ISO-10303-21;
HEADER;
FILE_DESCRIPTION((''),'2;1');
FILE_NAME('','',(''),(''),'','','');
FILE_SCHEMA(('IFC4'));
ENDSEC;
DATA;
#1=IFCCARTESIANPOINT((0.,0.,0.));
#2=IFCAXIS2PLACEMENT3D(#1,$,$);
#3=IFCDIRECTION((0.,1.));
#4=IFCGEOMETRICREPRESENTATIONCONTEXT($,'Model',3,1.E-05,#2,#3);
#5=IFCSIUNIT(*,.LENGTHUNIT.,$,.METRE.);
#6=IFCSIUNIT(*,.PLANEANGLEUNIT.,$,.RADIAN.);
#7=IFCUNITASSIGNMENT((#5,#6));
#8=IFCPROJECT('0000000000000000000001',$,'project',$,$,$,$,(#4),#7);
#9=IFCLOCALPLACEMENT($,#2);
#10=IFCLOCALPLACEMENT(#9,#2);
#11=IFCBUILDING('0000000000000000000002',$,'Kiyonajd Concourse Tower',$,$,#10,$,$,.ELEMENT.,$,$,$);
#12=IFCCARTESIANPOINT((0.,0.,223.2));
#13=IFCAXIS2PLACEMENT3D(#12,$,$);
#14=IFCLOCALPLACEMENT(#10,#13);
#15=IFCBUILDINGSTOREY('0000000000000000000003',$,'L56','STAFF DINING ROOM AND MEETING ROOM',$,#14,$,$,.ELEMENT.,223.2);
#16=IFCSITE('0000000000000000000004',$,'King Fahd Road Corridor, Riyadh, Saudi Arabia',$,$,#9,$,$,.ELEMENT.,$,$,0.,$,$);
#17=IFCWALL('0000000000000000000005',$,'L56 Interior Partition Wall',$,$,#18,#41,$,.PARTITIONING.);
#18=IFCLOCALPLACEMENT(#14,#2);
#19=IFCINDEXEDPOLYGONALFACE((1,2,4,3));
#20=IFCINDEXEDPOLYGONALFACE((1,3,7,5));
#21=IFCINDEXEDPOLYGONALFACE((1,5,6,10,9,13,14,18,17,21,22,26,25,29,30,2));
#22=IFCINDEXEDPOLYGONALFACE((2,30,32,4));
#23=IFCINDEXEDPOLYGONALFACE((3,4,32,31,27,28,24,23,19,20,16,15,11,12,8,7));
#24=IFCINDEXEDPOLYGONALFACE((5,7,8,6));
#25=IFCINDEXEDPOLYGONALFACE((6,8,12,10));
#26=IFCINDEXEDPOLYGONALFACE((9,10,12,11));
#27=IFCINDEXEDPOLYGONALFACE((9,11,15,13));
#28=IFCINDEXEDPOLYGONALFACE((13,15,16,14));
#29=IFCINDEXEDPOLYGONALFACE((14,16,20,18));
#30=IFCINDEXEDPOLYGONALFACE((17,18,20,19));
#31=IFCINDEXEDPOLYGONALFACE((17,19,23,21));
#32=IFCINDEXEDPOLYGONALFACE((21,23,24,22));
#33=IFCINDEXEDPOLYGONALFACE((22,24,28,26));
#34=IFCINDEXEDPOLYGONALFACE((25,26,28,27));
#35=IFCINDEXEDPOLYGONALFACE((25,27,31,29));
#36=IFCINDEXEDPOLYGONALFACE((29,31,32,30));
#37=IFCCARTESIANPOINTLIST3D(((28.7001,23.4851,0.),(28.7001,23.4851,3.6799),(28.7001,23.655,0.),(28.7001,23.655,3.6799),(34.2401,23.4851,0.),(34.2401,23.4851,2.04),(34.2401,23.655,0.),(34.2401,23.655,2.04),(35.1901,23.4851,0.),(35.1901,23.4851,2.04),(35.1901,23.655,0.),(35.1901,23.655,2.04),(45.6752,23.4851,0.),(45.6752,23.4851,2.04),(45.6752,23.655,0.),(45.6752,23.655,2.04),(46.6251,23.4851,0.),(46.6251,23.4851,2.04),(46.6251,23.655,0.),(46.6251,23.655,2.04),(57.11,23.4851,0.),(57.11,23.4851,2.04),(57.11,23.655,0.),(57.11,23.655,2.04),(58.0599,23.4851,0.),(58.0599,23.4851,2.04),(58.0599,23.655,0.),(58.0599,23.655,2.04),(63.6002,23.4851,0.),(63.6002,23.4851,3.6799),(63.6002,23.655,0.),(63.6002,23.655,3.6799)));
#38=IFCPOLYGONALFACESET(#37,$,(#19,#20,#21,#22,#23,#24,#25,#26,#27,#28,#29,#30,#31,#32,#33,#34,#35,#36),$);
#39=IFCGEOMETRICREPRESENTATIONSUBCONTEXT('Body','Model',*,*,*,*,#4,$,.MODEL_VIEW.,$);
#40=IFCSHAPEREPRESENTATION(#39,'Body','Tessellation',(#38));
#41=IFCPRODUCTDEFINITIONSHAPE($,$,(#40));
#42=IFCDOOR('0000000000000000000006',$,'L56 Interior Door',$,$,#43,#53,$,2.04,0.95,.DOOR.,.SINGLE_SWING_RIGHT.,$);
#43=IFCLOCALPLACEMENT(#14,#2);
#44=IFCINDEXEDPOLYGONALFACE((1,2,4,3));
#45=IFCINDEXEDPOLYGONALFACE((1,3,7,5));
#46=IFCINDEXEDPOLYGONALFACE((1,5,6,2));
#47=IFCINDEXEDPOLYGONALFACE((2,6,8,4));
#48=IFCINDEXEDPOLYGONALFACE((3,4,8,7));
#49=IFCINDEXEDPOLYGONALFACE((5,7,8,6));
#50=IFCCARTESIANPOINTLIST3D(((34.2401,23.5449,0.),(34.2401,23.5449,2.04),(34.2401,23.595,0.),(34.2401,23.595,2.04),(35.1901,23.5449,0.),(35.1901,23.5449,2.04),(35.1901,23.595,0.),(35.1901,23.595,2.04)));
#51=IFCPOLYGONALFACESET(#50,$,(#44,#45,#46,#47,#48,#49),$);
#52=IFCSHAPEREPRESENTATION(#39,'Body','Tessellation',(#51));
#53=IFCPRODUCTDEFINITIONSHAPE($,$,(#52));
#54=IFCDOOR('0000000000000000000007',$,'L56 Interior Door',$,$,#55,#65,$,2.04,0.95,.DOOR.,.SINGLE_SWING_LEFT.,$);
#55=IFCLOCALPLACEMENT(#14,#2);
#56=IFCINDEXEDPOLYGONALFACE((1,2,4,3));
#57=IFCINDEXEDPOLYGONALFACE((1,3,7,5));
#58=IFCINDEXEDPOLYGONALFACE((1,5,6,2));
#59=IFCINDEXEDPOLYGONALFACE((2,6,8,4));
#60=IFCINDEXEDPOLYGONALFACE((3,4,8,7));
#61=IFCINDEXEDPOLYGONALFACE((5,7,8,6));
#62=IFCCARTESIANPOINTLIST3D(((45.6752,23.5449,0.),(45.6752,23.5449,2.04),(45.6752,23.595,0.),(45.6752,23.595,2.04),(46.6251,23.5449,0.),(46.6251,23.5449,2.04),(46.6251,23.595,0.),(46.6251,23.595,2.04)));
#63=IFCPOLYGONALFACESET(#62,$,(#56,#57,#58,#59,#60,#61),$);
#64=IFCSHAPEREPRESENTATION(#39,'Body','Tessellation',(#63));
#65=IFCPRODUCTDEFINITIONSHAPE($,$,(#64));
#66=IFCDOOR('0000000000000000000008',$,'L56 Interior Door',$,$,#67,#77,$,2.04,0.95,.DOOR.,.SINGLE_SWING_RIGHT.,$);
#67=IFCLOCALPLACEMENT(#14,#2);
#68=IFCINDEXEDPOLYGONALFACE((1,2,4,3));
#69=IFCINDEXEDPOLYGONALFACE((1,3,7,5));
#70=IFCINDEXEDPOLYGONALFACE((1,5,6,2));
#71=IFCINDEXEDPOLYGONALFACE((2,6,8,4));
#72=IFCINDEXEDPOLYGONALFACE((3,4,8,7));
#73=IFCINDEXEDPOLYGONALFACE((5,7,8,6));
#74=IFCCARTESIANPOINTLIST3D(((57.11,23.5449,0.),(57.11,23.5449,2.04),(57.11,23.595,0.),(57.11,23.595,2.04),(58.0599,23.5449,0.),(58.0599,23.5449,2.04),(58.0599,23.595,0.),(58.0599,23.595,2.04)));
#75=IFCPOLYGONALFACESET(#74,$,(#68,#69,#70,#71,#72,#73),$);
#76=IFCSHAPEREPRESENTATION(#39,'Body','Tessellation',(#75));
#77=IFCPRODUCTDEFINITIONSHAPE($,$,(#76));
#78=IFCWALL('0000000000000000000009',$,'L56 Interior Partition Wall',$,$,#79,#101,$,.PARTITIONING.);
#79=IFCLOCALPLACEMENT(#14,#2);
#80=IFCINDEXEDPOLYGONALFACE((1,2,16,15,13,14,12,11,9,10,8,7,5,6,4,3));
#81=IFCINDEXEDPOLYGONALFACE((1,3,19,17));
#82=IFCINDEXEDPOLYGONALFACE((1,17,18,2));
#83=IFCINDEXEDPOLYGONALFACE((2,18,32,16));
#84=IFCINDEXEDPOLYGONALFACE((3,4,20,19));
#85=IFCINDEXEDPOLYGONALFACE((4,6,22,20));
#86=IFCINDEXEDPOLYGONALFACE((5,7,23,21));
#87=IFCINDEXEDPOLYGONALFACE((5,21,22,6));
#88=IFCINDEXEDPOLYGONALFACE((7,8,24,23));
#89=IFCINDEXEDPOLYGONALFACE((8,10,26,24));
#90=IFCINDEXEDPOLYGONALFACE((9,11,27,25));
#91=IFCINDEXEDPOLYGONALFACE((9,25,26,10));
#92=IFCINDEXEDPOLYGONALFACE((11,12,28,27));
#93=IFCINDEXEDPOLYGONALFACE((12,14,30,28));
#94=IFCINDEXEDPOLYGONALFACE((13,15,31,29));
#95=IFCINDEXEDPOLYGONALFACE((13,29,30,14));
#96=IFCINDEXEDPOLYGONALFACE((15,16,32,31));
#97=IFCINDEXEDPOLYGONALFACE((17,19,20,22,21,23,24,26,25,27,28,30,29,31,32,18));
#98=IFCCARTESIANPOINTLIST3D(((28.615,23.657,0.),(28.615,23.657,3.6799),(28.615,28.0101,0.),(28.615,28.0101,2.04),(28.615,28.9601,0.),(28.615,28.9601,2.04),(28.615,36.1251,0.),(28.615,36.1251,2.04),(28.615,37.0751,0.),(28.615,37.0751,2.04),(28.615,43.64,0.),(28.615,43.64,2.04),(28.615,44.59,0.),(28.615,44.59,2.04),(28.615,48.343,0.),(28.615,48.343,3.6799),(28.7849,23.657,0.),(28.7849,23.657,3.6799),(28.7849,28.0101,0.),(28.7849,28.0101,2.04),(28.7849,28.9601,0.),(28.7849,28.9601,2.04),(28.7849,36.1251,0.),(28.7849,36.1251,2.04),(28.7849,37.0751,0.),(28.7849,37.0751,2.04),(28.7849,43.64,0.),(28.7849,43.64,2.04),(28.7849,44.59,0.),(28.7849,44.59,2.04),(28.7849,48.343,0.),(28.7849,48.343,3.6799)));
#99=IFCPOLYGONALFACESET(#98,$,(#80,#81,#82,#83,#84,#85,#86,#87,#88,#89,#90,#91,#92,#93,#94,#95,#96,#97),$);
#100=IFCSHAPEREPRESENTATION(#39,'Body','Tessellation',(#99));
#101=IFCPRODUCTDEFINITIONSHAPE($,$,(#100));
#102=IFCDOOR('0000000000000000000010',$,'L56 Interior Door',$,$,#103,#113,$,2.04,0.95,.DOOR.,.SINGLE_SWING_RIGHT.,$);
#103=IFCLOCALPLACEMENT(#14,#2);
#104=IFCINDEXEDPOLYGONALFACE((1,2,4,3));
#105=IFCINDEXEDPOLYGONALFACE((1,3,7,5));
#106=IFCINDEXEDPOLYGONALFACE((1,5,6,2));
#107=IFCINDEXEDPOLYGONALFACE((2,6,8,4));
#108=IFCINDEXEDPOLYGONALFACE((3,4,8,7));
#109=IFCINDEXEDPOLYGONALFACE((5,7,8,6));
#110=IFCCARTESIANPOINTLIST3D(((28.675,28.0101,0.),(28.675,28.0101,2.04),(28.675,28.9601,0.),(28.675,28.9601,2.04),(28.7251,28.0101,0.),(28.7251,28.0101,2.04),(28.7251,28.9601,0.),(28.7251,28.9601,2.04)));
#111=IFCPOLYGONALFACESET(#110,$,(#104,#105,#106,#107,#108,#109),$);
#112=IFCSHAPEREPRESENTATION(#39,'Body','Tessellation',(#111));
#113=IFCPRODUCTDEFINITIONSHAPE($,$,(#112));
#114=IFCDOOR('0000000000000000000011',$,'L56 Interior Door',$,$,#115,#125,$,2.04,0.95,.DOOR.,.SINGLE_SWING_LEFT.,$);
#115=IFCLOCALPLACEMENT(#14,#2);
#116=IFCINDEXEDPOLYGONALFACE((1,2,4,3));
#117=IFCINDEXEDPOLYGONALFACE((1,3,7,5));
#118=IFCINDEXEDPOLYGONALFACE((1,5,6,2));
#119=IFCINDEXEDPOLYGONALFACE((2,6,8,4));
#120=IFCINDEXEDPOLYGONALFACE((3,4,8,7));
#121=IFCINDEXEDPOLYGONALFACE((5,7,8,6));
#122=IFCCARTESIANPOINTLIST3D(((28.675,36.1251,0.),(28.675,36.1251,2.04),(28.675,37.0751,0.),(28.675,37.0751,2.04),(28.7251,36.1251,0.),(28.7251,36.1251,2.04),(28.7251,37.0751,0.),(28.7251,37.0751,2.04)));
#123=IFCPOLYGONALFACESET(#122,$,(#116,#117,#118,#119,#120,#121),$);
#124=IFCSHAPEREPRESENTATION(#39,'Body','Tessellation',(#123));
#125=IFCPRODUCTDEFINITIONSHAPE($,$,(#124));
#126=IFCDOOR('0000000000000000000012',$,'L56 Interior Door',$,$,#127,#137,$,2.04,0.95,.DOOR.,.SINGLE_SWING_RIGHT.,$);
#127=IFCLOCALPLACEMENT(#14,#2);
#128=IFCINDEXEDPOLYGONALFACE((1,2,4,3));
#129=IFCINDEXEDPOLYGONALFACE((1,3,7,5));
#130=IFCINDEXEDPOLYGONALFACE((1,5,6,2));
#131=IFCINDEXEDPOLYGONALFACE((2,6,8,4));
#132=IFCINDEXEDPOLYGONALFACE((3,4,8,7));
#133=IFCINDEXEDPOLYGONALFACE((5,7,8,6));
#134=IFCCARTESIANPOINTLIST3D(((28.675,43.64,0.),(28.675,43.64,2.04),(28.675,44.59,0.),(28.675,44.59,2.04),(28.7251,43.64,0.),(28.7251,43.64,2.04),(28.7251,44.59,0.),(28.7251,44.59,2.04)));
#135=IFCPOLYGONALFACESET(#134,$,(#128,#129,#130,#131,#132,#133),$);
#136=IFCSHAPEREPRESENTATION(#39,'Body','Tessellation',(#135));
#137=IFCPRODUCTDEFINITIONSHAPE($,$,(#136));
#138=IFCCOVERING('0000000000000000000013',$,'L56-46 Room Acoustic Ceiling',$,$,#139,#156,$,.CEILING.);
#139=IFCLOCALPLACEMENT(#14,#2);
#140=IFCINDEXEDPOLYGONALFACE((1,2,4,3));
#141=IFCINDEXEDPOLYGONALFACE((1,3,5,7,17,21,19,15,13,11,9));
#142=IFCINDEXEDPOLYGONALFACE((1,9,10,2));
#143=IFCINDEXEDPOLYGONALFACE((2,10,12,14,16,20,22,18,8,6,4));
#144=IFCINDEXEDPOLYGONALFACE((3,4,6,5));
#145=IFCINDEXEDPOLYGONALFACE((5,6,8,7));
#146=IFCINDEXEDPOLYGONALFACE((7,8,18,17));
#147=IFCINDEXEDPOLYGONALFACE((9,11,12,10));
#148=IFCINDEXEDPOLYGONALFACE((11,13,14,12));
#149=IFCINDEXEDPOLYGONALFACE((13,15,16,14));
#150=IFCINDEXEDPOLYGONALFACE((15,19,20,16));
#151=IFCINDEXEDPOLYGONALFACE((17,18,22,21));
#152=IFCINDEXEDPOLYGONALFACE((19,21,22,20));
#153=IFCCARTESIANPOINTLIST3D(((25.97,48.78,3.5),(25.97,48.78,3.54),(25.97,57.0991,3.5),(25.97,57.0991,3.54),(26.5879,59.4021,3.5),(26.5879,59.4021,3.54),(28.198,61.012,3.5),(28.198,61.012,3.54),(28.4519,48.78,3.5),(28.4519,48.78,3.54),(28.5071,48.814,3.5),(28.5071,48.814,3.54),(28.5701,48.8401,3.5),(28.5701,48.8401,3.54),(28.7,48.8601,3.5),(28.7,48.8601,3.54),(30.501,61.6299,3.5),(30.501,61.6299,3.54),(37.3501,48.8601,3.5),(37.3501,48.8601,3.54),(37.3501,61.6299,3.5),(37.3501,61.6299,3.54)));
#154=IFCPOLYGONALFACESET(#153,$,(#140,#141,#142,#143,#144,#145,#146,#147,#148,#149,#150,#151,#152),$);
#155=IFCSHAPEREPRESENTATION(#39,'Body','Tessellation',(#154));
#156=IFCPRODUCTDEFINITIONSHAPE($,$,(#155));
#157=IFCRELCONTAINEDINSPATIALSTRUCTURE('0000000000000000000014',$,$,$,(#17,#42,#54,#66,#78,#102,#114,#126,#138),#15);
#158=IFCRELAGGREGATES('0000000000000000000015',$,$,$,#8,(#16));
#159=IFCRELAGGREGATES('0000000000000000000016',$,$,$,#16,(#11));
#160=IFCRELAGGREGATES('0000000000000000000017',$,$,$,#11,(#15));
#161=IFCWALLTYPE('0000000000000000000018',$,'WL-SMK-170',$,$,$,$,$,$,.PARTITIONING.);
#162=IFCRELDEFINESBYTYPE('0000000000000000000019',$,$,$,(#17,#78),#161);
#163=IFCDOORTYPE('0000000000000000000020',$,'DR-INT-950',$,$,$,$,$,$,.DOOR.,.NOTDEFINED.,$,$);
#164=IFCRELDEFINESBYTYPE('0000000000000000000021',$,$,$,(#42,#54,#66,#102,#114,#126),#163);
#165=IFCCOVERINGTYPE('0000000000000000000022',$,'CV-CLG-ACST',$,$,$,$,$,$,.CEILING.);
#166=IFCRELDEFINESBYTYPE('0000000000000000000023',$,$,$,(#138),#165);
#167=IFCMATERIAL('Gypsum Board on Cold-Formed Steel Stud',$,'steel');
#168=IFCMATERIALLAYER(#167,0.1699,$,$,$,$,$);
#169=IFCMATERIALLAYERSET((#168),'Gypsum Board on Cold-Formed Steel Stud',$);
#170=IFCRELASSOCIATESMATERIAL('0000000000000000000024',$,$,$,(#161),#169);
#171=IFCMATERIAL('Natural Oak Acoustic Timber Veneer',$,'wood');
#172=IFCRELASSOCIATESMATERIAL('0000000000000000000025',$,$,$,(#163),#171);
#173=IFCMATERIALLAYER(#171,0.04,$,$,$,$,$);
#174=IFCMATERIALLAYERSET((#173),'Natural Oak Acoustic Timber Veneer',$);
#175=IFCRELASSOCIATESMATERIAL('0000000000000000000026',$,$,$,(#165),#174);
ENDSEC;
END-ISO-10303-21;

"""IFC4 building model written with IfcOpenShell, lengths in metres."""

from ifc_helpers import new_model, si_unit, direction, frame, frame_2d, origin, place, context, subcontext, project, spatial, polyline, rectangle, outline, extrude, material, layer, layer_set, type_object, element, fill, save


model = new_model("IFC4")

# Units and contexts
model_context = context("Model", 3, precision=1e-05, world=origin(), true_north=direction((0.0, 1.0)))
body_context = subcontext(model_context, "Body", "Model", "MODEL_VIEW")
ifc_project = project(units=[si_unit("LENGTHUNIT", "METRE"), si_unit("PLANEANGLEUNIT", "RADIAN")], contexts=[model_context])

# Site, building, storey
site_placement = place(None, origin())
site = spatial("IfcSite", under=ifc_project, at=site_placement, Name="King Fahd Road Corridor, Riyadh, Saudi Arabia", CompositionType="ELEMENT", RefElevation=0.0)
building_placement = place(site_placement, origin())
building = spatial("IfcBuilding", under=site, at=building_placement, Name="Kiyonajd Concourse Tower", CompositionType="ELEMENT")
storey_placement = place(building_placement, frame((0.0, 0.0, 223.2)))
storey = spatial("IfcBuildingStorey", under=building, at=storey_placement, Name="L56", Description="STAFF DINING ROOM AND MEETING ROOM", CompositionType="ELEMENT", Elevation=223.2)

# Walls, openings, doors
ifc_material_1 = material(Name="Gypsum Board on Cold-Formed Steel Stud", Category="steel")
ifc_layer_1 = layer(ifc_material_1, 0.1699)
ifc_layer_set_1 = layer_set([ifc_layer_1], Name="Gypsum Board on Cold-Formed Steel Stud")
wall_type_1 = type_object("IfcWallType", Name="WL-SMK-170", PredefinedType="PARTITIONING", material=ifc_layer_set_1)
wall_1_placement = place(storey_placement, frame((28.7, 23.5701, 0.0), z_axis=(0.0, 0.0, 1.0), x_axis=(1.0, 0.0, 0.0)))
wall_1 = element("IfcWall", 1, at=wall_1_placement, inside=storey, type_object=wall_type_1, Name="L56 Interior Partition Wall", PredefinedType="PARTITIONING", context=body_context, shape_type="SweptSolid", body=[
    extrude(rectangle(XDim=34.9001, YDim=0.1699, at=frame_2d((17.4502, 0.0))), origin(), (0.0, 0.0, 1.0), 3.6799),
])
opening_1_placement = place(wall_1_placement, frame((5.54, 0.0, 0.0)))
opening_1 = element("IfcOpeningElement", 2, at=opening_1_placement, cuts=wall_1, PredefinedType="OPENING", context=body_context, shape_type="SweptSolid", body=[
    extrude(rectangle(XDim=0.95, YDim=2.04, at=frame_2d((0.4751, 1.02))), frame((0.0, 0.095, 0.0), z_axis=(0.0, -1.0, 0.0), x_axis=(1.0, 0.0, 0.0)), (0.0, 0.0, 1.0), 0.1899),
])
opening_2_placement = place(wall_1_placement, frame((16.9751, 0.0, 0.0)))
opening_2 = element("IfcOpeningElement", 3, at=opening_2_placement, cuts=wall_1, PredefinedType="OPENING", context=body_context, shape_type="SweptSolid", body=[
    extrude(rectangle(XDim=0.95, YDim=2.04, at=frame_2d((0.4751, 1.02))), frame((0.0, 0.095, 0.0), z_axis=(0.0, -1.0, 0.0), x_axis=(1.0, 0.0, 0.0)), (0.0, 0.0, 1.0), 0.1899),
])
opening_3_placement = place(wall_1_placement, frame((28.4099, 0.0, 0.0)))
opening_3 = element("IfcOpeningElement", 4, at=opening_3_placement, cuts=wall_1, PredefinedType="OPENING", context=body_context, shape_type="SweptSolid", body=[
    extrude(rectangle(XDim=0.95, YDim=2.04, at=frame_2d((0.4751, 1.02))), frame((0.0, 0.095, 0.0), z_axis=(0.0, -1.0, 0.0), x_axis=(1.0, 0.0, 0.0)), (0.0, 0.0, 1.0), 0.1899),
])
ifc_material_2 = material(Name="Natural Oak Acoustic Timber Veneer", Category="wood")
door_type = type_object("IfcDoorType", Name="DR-INT-950", OperationType="NOTDEFINED", PredefinedType="DOOR", material=ifc_material_2)
door_1_placement = place(opening_1_placement, origin())
door_1 = element("IfcDoor", 5, at=door_1_placement, inside=storey, type_object=door_type, Name="L56 Interior Door", OperationType="SINGLE_SWING_RIGHT", OverallHeight=2.04, OverallWidth=0.95, PredefinedType="DOOR", context=body_context, shape_type="SweptSolid", body=[
    extrude(rectangle(XDim=0.95, YDim=2.04, at=frame_2d((0.4751, 1.02))), frame((0.0, 0.0249, 0.0), z_axis=(0.0, -1.0, 0.0), x_axis=(1.0, 0.0, 0.0)), (0.0, 0.0, 1.0), 0.05),
])
fill(opening_1, door_1)
door_2_placement = place(opening_2_placement, origin())
door_2 = element("IfcDoor", 6, at=door_2_placement, inside=storey, type_object=door_type, Name="L56 Interior Door", OperationType="SINGLE_SWING_LEFT", OverallHeight=2.04, OverallWidth=0.95, PredefinedType="DOOR", context=body_context, shape_type="SweptSolid", body=[
    extrude(rectangle(XDim=0.95, YDim=2.04, at=frame_2d((0.4751, 1.02))), frame((0.0, 0.0249, 0.0), z_axis=(0.0, -1.0, 0.0), x_axis=(1.0, 0.0, 0.0)), (0.0, 0.0, 1.0), 0.05),
])
fill(opening_2, door_2)
door_3_placement = place(opening_3_placement, origin())
door_3 = element("IfcDoor", 7, at=door_3_placement, inside=storey, type_object=door_type, Name="L56 Interior Door", OperationType="SINGLE_SWING_RIGHT", OverallHeight=2.04, OverallWidth=0.95, PredefinedType="DOOR", context=body_context, shape_type="SweptSolid", body=[
    extrude(rectangle(XDim=0.95, YDim=2.04, at=frame_2d((0.4751, 1.02))), frame((0.0, 0.0249, 0.0), z_axis=(0.0, -1.0, 0.0), x_axis=(1.0, 0.0, 0.0)), (0.0, 0.0, 1.0), 0.05),
])
fill(opening_3, door_3)
wall_2_placement = place(storey_placement, frame((28.7, 23.657, 0.0), z_axis=(0.0, 0.0, 1.0), x_axis=(0.0, 1.0, 0.0)))
wall_2 = element("IfcWall", 8, at=wall_2_placement, inside=storey, type_object=wall_type_1, Name="L56 Interior Partition Wall", PredefinedType="PARTITIONING", context=body_context, shape_type="SweptSolid", body=[
    extrude(rectangle(XDim=24.686, YDim=0.1699, at=frame_2d((12.343, 0.0))), origin(), (0.0, 0.0, 1.0), 3.6799),
])
opening_4_placement = place(wall_2_placement, frame((4.353, 0.0, 0.0)))
opening_4 = element("IfcOpeningElement", 9, at=opening_4_placement, cuts=wall_2, PredefinedType="OPENING", context=body_context, shape_type="SweptSolid", body=[
    extrude(rectangle(XDim=0.95, YDim=2.04, at=frame_2d((0.4751, 1.02))), frame((0.0, 0.095, 0.0), z_axis=(0.0, -1.0, 0.0), x_axis=(1.0, 0.0, 0.0)), (0.0, 0.0, 1.0), 0.1899),
])
opening_5_placement = place(wall_2_placement, frame((12.468, 0.0, 0.0)))
opening_5 = element("IfcOpeningElement", 10, at=opening_5_placement, cuts=wall_2, PredefinedType="OPENING", context=body_context, shape_type="SweptSolid", body=[
    extrude(rectangle(XDim=0.95, YDim=2.04, at=frame_2d((0.4751, 1.02))), frame((0.0, 0.095, 0.0), z_axis=(0.0, -1.0, 0.0), x_axis=(1.0, 0.0, 0.0)), (0.0, 0.0, 1.0), 0.1899),
])
opening_6_placement = place(wall_2_placement, frame((19.9829, 0.0, 0.0)))
opening_6 = element("IfcOpeningElement", 11, at=opening_6_placement, cuts=wall_2, PredefinedType="OPENING", context=body_context, shape_type="SweptSolid", body=[
    extrude(rectangle(XDim=0.95, YDim=2.04, at=frame_2d((0.4751, 1.02))), frame((0.0, 0.095, 0.0), z_axis=(0.0, -1.0, 0.0), x_axis=(1.0, 0.0, 0.0)), (0.0, 0.0, 1.0), 0.1899),
])
door_4_placement = place(opening_4_placement, origin())
door_4 = element("IfcDoor", 12, at=door_4_placement, inside=storey, type_object=door_type, Name="L56 Interior Door", OperationType="SINGLE_SWING_RIGHT", OverallHeight=2.04, OverallWidth=0.95, PredefinedType="DOOR", context=body_context, shape_type="SweptSolid", body=[
    extrude(rectangle(XDim=0.95, YDim=2.04, at=frame_2d((0.4751, 1.02))), frame((0.0, 0.0249, 0.0), z_axis=(0.0, -1.0, 0.0), x_axis=(1.0, 0.0, 0.0)), (0.0, 0.0, 1.0), 0.05),
])
fill(opening_4, door_4)
door_5_placement = place(opening_5_placement, origin())
door_5 = element("IfcDoor", 13, at=door_5_placement, inside=storey, type_object=door_type, Name="L56 Interior Door", OperationType="SINGLE_SWING_LEFT", OverallHeight=2.04, OverallWidth=0.95, PredefinedType="DOOR", context=body_context, shape_type="SweptSolid", body=[
    extrude(rectangle(XDim=0.95, YDim=2.04, at=frame_2d((0.4751, 1.02))), frame((0.0, 0.0249, 0.0), z_axis=(0.0, -1.0, 0.0), x_axis=(1.0, 0.0, 0.0)), (0.0, 0.0, 1.0), 0.05),
])
fill(opening_5, door_5)
door_6_placement = place(opening_6_placement, origin())
door_6 = element("IfcDoor", 14, at=door_6_placement, inside=storey, type_object=door_type, Name="L56 Interior Door", OperationType="SINGLE_SWING_RIGHT", OverallHeight=2.04, OverallWidth=0.95, PredefinedType="DOOR", context=body_context, shape_type="SweptSolid", body=[
    extrude(rectangle(XDim=0.95, YDim=2.04, at=frame_2d((0.4751, 1.02))), frame((0.0, 0.0249, 0.0), z_axis=(0.0, -1.0, 0.0), x_axis=(1.0, 0.0, 0.0)), (0.0, 0.0, 1.0), 0.05),
])
fill(opening_6, door_6)

# Covering
ifc_layer_2 = layer(ifc_material_2, 0.04)
ifc_layer_set_2 = layer_set([ifc_layer_2], Name="Natural Oak Acoustic Timber Veneer")
covering_type = type_object("IfcCoveringType", Name="CV-CLG-ACST", PredefinedType="CEILING", material=ifc_layer_set_2)
covering_1_placement = place(storey_placement, frame((0.0, 0.0, 3.5)))
element("IfcCovering", 15, at=covering_1_placement, inside=storey, type_object=covering_type, Name="L56-46 Room Acoustic Ceiling", PredefinedType="CEILING", context=body_context, shape_type="SweptSolid", body=[
    extrude(outline(polyline([(28.198, 61.012), (30.501, 61.6299), (37.3501, 61.6299), (37.3501, 48.8601), (28.7, 48.8601), (28.5701, 48.8401), (28.5071, 48.814), (28.4519, 48.78), (25.97, 48.78), (25.97, 57.0991), (26.5879, 59.4021), (28.198, 61.012)])), origin(), (0.0, 0.0, 1.0), 0.04),
])

save(model, "model.ifc")
